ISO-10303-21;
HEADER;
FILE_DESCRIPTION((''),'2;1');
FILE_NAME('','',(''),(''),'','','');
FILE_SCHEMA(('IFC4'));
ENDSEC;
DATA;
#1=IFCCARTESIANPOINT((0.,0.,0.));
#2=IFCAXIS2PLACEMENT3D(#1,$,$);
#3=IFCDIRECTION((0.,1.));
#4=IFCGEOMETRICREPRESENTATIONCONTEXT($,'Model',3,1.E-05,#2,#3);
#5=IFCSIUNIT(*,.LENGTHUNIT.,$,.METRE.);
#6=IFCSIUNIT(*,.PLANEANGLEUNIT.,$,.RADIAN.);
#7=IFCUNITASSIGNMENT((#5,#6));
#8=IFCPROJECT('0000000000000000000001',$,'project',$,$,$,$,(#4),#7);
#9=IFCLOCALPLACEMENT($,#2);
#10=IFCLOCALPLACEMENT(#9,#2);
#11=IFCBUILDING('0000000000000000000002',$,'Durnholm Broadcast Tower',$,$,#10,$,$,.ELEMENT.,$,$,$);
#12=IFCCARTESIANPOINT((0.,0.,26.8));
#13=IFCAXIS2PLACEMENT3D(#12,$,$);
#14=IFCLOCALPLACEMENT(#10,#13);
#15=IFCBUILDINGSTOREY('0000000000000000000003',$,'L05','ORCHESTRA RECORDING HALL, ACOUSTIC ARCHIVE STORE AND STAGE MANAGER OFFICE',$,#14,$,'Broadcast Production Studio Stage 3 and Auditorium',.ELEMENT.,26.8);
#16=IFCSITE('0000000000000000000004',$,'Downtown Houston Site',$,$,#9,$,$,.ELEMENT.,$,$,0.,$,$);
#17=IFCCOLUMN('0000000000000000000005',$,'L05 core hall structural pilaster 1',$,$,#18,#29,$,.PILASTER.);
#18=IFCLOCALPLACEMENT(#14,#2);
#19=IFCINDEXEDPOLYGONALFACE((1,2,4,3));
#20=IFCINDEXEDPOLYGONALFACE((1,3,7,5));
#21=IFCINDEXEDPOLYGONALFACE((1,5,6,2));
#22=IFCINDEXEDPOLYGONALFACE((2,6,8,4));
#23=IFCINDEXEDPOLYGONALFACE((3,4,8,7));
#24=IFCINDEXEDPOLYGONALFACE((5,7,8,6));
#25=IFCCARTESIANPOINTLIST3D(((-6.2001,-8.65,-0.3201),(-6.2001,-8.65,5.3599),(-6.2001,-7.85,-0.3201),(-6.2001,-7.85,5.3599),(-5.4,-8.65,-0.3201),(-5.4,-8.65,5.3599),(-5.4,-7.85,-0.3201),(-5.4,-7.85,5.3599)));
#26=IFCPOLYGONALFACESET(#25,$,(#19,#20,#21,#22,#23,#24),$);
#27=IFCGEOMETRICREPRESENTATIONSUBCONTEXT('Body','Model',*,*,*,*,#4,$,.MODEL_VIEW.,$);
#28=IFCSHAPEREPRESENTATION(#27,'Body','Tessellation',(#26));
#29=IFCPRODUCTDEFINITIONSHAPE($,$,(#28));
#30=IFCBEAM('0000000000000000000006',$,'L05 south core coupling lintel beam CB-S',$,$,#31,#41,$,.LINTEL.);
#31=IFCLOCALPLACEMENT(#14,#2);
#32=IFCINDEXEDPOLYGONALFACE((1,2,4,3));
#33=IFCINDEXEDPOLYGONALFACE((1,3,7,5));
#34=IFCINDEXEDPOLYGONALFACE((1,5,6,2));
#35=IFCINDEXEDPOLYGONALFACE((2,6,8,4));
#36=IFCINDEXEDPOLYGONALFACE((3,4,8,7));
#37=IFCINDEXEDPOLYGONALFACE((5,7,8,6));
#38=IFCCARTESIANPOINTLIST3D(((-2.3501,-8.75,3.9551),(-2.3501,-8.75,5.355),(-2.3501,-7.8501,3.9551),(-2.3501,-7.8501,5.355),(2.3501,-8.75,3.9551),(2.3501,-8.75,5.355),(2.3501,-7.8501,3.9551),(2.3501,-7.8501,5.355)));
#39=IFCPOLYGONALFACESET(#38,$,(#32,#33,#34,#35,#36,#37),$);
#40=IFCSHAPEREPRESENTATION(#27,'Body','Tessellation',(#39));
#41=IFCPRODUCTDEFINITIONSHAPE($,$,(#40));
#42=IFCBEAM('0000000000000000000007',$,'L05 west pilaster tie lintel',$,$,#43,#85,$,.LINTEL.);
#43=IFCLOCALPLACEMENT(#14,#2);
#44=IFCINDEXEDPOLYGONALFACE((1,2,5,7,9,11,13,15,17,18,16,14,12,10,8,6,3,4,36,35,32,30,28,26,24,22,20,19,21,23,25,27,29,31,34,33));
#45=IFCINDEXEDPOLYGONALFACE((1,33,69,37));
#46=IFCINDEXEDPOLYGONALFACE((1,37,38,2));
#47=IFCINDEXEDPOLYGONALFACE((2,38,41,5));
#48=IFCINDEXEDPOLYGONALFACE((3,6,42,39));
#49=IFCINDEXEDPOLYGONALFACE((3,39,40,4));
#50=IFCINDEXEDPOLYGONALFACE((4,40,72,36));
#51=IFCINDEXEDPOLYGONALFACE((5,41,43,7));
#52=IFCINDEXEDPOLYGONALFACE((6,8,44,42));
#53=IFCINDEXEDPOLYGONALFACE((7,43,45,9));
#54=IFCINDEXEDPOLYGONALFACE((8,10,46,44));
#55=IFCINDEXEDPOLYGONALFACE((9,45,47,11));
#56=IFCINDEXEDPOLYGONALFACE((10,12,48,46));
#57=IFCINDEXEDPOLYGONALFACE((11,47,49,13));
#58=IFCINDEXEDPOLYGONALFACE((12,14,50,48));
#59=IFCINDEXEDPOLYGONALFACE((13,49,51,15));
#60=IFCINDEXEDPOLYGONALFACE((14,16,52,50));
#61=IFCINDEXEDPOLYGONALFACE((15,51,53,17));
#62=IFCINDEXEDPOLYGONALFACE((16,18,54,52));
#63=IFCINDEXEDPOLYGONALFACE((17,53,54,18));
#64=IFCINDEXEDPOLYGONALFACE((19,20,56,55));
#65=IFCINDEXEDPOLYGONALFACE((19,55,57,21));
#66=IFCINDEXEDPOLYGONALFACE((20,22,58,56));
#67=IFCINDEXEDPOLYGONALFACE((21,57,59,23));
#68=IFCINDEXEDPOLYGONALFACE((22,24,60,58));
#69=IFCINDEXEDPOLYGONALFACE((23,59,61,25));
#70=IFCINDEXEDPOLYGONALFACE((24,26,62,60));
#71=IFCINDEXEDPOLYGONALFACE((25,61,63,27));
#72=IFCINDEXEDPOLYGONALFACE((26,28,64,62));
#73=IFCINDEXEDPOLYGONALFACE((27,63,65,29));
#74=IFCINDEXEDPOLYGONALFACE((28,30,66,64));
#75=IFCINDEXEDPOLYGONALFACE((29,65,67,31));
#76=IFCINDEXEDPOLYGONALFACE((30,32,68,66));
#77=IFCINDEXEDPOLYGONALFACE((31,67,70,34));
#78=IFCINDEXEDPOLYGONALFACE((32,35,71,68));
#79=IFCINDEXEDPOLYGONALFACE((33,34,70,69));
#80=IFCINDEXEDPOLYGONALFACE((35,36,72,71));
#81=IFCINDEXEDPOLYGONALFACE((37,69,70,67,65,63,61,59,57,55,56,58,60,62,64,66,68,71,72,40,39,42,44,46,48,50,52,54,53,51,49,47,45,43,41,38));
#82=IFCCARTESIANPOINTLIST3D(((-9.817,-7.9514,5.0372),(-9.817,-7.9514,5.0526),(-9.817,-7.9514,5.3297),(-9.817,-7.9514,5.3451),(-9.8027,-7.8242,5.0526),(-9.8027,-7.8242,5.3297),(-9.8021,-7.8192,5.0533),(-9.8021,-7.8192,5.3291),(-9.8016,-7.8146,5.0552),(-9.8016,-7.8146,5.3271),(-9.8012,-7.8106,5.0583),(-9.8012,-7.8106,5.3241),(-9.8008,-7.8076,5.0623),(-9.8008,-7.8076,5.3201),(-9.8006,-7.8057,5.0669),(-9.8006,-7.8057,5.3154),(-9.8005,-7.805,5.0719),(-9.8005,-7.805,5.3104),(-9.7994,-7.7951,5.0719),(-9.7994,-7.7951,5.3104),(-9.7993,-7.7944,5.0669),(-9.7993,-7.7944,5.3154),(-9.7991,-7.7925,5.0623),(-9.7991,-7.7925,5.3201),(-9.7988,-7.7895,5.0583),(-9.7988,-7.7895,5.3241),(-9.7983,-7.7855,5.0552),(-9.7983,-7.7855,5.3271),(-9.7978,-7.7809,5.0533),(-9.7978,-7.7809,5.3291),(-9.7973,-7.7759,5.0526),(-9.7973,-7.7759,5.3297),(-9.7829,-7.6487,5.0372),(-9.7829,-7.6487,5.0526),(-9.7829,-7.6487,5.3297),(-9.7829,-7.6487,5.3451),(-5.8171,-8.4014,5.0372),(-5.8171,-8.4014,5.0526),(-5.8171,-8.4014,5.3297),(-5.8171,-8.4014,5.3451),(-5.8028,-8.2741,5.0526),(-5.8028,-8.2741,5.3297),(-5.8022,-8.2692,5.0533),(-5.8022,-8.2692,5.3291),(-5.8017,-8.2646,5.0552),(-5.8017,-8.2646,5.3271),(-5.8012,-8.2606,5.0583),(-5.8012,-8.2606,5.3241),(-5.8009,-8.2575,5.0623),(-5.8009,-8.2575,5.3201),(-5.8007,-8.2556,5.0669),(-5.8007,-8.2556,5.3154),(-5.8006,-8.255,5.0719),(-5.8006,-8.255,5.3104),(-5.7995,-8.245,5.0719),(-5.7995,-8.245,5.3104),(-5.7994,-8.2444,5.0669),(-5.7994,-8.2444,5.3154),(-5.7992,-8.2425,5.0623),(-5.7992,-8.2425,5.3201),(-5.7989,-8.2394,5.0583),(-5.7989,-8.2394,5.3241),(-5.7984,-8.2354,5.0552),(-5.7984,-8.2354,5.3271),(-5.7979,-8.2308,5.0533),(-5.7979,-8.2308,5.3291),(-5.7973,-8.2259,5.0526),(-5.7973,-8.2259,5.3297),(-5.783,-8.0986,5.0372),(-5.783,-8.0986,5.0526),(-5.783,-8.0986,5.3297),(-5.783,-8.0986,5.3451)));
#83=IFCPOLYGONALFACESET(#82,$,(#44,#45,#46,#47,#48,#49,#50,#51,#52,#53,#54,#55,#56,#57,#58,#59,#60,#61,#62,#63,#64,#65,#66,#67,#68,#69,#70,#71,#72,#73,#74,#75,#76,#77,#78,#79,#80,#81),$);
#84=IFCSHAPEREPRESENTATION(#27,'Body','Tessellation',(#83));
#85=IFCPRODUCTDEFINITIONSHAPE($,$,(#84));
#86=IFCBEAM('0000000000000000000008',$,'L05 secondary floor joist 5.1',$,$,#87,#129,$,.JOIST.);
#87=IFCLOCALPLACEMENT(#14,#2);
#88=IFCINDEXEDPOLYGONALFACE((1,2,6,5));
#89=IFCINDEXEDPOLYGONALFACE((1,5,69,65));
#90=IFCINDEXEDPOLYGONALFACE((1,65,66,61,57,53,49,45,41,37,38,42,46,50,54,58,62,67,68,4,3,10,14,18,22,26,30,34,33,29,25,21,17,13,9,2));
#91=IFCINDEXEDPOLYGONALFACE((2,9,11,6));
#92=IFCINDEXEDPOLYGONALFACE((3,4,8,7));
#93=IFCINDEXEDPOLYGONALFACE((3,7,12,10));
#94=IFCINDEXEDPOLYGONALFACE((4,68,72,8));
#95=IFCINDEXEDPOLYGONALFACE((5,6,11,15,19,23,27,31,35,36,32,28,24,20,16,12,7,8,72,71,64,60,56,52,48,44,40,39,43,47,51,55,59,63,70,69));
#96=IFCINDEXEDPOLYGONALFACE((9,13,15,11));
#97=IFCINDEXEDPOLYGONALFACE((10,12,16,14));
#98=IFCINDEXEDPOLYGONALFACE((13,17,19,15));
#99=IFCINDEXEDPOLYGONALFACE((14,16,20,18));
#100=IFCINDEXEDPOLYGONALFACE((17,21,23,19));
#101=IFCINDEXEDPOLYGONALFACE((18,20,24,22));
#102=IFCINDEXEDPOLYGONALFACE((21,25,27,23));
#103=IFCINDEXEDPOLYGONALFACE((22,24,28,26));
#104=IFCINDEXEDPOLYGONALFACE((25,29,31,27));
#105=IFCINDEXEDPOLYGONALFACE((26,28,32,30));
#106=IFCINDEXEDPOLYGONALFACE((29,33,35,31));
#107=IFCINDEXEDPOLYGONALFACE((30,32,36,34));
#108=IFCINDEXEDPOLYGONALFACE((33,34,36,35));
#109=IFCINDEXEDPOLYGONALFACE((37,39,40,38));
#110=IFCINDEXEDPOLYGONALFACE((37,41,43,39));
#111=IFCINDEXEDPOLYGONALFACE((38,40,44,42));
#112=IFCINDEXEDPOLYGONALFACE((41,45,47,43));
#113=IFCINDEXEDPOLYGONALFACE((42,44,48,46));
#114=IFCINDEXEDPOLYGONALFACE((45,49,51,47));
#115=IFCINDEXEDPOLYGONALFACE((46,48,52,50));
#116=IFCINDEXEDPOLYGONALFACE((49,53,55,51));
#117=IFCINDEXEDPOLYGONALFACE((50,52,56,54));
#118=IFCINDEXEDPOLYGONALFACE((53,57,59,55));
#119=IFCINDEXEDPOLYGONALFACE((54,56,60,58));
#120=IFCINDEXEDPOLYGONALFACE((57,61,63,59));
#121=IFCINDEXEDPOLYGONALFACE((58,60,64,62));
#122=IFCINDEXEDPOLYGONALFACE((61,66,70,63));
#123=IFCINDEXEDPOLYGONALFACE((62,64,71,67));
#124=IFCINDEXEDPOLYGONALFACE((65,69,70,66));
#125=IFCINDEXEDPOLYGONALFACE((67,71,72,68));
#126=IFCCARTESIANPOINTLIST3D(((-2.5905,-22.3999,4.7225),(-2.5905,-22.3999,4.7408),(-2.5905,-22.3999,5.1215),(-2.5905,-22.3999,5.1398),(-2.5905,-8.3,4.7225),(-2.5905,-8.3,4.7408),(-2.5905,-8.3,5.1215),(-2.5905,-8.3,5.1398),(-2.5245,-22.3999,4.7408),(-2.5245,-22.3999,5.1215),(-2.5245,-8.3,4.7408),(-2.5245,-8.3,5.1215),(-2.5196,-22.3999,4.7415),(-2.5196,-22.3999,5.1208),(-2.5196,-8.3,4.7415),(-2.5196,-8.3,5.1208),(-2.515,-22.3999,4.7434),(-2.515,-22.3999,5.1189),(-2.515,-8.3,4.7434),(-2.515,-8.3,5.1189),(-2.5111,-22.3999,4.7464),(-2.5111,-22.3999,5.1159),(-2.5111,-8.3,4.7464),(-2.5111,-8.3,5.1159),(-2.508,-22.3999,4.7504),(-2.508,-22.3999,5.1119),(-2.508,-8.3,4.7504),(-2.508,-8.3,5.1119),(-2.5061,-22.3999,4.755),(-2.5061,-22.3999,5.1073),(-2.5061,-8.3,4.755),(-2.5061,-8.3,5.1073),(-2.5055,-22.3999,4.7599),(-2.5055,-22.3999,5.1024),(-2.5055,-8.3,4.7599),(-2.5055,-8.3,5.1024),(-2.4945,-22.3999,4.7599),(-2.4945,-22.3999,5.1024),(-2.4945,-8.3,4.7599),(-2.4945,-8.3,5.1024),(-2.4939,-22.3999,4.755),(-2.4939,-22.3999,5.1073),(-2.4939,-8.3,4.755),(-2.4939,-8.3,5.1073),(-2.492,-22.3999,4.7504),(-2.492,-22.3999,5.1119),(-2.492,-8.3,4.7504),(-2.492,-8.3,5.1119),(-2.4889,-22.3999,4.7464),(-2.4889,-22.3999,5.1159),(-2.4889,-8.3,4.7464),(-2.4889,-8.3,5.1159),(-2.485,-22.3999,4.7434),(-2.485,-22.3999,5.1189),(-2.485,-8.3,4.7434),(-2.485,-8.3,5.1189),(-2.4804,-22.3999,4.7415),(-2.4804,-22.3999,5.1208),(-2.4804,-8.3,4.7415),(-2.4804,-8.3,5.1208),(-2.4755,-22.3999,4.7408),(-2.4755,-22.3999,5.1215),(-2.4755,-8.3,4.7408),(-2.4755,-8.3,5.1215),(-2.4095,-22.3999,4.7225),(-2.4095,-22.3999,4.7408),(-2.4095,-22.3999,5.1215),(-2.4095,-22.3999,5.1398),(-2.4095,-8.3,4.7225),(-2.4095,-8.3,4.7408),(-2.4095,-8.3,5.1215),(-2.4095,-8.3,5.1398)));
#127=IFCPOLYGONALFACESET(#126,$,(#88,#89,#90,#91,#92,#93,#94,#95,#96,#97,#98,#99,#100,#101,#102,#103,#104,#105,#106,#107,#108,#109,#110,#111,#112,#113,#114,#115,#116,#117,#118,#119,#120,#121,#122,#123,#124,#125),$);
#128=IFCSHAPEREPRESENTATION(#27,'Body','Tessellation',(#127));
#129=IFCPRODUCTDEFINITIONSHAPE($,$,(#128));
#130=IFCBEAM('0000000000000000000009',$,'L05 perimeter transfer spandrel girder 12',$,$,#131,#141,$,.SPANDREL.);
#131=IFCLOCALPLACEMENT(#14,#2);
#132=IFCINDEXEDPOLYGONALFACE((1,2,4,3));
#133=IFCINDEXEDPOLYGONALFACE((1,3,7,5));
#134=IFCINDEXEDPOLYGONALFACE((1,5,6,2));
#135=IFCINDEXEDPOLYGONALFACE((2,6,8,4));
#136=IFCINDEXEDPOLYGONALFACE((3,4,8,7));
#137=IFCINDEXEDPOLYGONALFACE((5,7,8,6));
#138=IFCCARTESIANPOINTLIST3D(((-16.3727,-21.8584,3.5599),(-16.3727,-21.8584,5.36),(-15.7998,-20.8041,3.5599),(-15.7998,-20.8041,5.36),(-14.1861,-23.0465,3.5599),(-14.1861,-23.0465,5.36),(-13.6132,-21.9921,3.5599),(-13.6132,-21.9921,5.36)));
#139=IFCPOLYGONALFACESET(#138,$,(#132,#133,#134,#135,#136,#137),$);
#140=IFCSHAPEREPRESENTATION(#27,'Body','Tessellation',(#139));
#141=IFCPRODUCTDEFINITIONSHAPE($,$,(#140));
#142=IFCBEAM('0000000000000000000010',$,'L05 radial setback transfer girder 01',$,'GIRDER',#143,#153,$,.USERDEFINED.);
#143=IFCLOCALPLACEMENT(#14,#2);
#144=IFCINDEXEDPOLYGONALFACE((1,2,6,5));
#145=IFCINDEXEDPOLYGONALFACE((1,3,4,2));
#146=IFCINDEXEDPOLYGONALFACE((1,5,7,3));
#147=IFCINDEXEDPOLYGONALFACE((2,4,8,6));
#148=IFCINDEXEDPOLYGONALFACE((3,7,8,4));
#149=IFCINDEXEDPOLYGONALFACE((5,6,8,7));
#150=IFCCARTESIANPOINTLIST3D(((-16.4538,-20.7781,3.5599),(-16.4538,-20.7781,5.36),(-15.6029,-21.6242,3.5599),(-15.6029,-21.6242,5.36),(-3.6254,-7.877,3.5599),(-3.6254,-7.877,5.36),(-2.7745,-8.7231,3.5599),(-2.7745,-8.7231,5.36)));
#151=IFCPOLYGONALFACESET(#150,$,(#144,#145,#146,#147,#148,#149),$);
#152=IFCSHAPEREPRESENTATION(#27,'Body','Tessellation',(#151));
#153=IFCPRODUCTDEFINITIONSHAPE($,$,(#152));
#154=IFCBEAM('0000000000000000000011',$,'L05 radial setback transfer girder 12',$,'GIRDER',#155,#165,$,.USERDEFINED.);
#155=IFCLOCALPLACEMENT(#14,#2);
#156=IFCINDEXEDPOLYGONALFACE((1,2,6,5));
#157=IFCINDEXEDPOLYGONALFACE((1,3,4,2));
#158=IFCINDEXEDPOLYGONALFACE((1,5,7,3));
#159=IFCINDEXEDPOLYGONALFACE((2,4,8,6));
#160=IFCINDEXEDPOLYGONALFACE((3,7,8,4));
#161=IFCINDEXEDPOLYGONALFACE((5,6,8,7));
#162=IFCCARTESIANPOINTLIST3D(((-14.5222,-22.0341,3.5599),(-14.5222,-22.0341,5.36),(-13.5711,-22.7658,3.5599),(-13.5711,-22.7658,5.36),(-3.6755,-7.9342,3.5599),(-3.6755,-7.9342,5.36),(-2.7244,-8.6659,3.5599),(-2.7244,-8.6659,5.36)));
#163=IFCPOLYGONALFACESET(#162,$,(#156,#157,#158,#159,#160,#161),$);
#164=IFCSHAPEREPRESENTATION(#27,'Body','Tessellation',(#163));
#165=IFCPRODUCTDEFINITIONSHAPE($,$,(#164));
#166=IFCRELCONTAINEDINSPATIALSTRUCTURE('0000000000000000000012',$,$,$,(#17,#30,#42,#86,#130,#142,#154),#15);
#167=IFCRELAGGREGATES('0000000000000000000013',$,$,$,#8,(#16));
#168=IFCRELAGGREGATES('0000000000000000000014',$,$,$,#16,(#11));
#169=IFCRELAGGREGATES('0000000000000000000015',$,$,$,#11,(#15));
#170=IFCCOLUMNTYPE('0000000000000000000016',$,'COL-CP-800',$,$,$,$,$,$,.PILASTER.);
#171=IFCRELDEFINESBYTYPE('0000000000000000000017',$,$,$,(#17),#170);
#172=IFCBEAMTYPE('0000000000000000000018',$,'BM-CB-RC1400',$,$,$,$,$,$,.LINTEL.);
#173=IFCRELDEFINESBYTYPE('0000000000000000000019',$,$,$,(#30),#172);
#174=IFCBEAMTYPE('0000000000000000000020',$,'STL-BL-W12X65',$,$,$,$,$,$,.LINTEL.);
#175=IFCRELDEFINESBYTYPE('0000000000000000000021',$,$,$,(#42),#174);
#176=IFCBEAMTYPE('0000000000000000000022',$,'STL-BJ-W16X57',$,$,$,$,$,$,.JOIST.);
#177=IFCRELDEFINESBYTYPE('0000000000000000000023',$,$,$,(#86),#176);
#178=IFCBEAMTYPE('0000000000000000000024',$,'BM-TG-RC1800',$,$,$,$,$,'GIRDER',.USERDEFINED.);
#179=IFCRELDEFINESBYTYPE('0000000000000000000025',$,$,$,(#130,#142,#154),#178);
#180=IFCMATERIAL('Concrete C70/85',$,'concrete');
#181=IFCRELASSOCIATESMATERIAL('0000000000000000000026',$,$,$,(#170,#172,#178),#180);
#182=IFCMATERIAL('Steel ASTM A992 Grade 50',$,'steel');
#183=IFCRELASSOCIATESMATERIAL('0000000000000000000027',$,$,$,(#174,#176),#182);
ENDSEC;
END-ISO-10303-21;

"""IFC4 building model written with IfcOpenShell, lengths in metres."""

from ifc_helpers import new_model, si_unit, direction, frame, origin, origin_2d, place, context, subcontext, project, spatial, rectangle, i_section, extrude, source, transform, mapped, material, material_profile, profile_set, type_object, type_shapes, element, save


model = new_model("IFC4")

# Units and contexts
model_context = context("Model", 3, precision=1e-05, world=origin(), true_north=direction((0.0, 1.0)))
body_context = subcontext(model_context, "Body", "Model", "MODEL_VIEW")
ifc_project = project(units=[si_unit("LENGTHUNIT", "METRE"), si_unit("PLANEANGLEUNIT", "RADIAN")], contexts=[model_context])

# Site, building, storey
site_placement = place(None, origin())
site = spatial("IfcSite", under=ifc_project, at=site_placement, Name="Downtown Houston Site", CompositionType="ELEMENT", RefElevation=0.0)
building_placement = place(site_placement, origin())
building = spatial("IfcBuilding", under=site, at=building_placement, Name="Durnholm Broadcast Tower", CompositionType="ELEMENT")
storey_placement = place(building_placement, frame((0.0, 0.0, 26.8)))
storey = spatial("IfcBuildingStorey", under=building, at=storey_placement, Name="L05", Description="ORCHESTRA RECORDING HALL, ACOUSTIC ARCHIVE STORE AND STAGE MANAGER OFFICE", LongName="Broadcast Production Studio Stage 3 and Auditorium", CompositionType="ELEMENT", Elevation=26.8)

# Column
ifc_material_1 = material(Name="Concrete C70/85", Category="concrete")
ifc_material_profile_1 = material_profile(ifc_material_1, rectangle(XDim=0.8, YDim=0.8, at=origin_2d()), Name="RC800X800")
ifc_profile_set_1 = profile_set([ifc_material_profile_1], Name="Concrete C70/85")
column_type = type_object("IfcColumnType", Name="COL-CP-800", PredefinedType="PILASTER", material=ifc_profile_set_1)
shared_shape_1 = source(origin(), body_context, "Body", "SweptSolid", [
    extrude(rectangle(XDim=0.8, YDim=0.8, at=origin_2d()), origin(), (0.0, 0.0, 1.0), 5.6799),
])
type_shapes(column_type, [shared_shape_1])
column_placement = place(storey_placement, frame((-5.8, -8.25, -0.3201), z_axis=(0.0, 0.0, 1.0), x_axis=(1.0, 0.0, 0.0)))
element("IfcColumn", 1, at=column_placement, inside=storey, type_object=column_type, Name="L05 core hall structural pilaster 1", PredefinedType="PILASTER", context=body_context, shape_type="MappedRepresentation", body=[
    mapped(shared_shape_1, transform((0.0, 0.0, 0.0), x_axis=(1.0, 0.0, 0.0), y_axis=(0.0, 1.0, 0.0), z_axis=(0.0, 0.0, 1.0), scale=1.0)),
])

# Beams
ifc_material_profile_2 = material_profile(ifc_material_1, rectangle(XDim=0.8999, YDim=1.3999, at=origin_2d()), Name="RC900X1400")
ifc_profile_set_2 = profile_set([ifc_material_profile_2], Name="Concrete C70/85")
beam_type_1 = type_object("IfcBeamType", Name="BM-CB-RC1400", PredefinedType="LINTEL", material=ifc_profile_set_2)
shared_shape_2 = source(origin(), body_context, "Body", "SweptSolid", [
    extrude(rectangle(XDim=0.8999, YDim=1.3999, at=origin_2d()), origin(), (0.0, 0.0, 1.0), 4.7002),
])
type_shapes(beam_type_1, [shared_shape_2])
beam_1_placement = place(storey_placement, frame((-2.3501, -8.3, 4.655), z_axis=(1.0, 0.0, 0.0), x_axis=(0.0, 1.0, 0.0)))
element("IfcBeam", 2, at=beam_1_placement, inside=storey, type_object=beam_type_1, Name="L05 south core coupling lintel beam CB-S", PredefinedType="LINTEL", context=body_context, shape_type="MappedRepresentation", body=[
    mapped(shared_shape_2, transform((0.0, 0.0, 0.0), x_axis=(1.0, 0.0, 0.0), y_axis=(0.0, 1.0, 0.0), z_axis=(0.0, 0.0, 1.0), scale=1.0)),
])
ifc_material_2 = material(Name="Steel ASTM A992 Grade 50", Category="steel")
ifc_material_profile_3 = material_profile(ifc_material_2, i_section(OverallWidth=0.3047, OverallDepth=0.3079, WebThickness=0.01, FlangeThickness=0.0154, FilletRadius=0.0193, at=origin_2d()), Name="W12X65")
ifc_profile_set_3 = profile_set([ifc_material_profile_3], Name="Steel ASTM A992 Grade 50")
beam_type_2 = type_object("IfcBeamType", Name="STL-BL-W12X65", PredefinedType="LINTEL", material=ifc_profile_set_3)
shared_shape_3 = source(origin(), body_context, "Body", "SweptSolid", [
    extrude(i_section(OverallWidth=0.3047, OverallDepth=0.3079, WebThickness=0.01, FlangeThickness=0.0154, FilletRadius=0.0193, at=origin_2d()), origin(), (0.0, 0.0, 1.0), 4.0251),
])
type_shapes(beam_type_2, [shared_shape_3])
beam_2_placement = place(storey_placement, frame((-5.8, -8.25, 5.1912), z_axis=(-0.993733, 0.111783, 0.0), x_axis=(-0.111783, -0.993733, 0.0)))
element("IfcBeam", 3, at=beam_2_placement, inside=storey, type_object=beam_type_2, Name="L05 west pilaster tie lintel", PredefinedType="LINTEL", context=body_context, shape_type="MappedRepresentation", body=[
    mapped(shared_shape_3, transform((0.0, 0.0, 0.0), x_axis=(1.0, 0.0, 0.0), y_axis=(0.0, 1.0, 0.0), z_axis=(0.0, 0.0, 1.0), scale=1.0)),
])
ifc_material_profile_4 = material_profile(ifc_material_2, i_section(OverallWidth=0.1809, OverallDepth=0.4172, WebThickness=0.011, FlangeThickness=0.0183, FilletRadius=0.019, at=origin_2d()), Name="W16X57")
ifc_profile_set_4 = profile_set([ifc_material_profile_4], Name="Steel ASTM A992 Grade 50")
beam_type_3 = type_object("IfcBeamType", Name="STL-BJ-W16X57", PredefinedType="JOIST", material=ifc_profile_set_4)
shared_shape_4 = source(origin(), body_context, "Body", "SweptSolid", [
    extrude(i_section(OverallWidth=0.1809, OverallDepth=0.4172, WebThickness=0.011, FlangeThickness=0.0183, FilletRadius=0.019, at=origin_2d()), origin(), (0.0, 0.0, 1.0), 14.0999),
])
type_shapes(beam_type_3, [shared_shape_4])
beam_3_placement = place(storey_placement, frame((-2.5, -22.3999, 4.9312), z_axis=(0.0, 1.0, 0.0), x_axis=(-1.0, 0.0, 0.0)))
element("IfcBeam", 4, at=beam_3_placement, inside=storey, type_object=beam_type_3, Name="L05 secondary floor joist 5.1", PredefinedType="JOIST", context=body_context, shape_type="MappedRepresentation", body=[
    mapped(shared_shape_4, transform((0.0, 0.0, 0.0), x_axis=(1.0, 0.0, 0.0), y_axis=(0.0, 1.0, 0.0), z_axis=(0.0, 0.0, 1.0), scale=1.0)),
])
ifc_material_profile_5 = material_profile(ifc_material_1, rectangle(XDim=1.2, YDim=1.8, at=origin_2d()), Name="RC1200X1800")
ifc_profile_set_5 = profile_set([ifc_material_profile_5], Name="Concrete C70/85")
beam_type_4 = type_object("IfcBeamType", Name="BM-TG-RC1800", ElementType="GIRDER", PredefinedType="USERDEFINED", material=ifc_profile_set_5)
shared_shape_5 = source(origin(), body_context, "Body", "SweptSolid", [
    extrude(rectangle(XDim=1.2, YDim=1.8, at=origin_2d()), origin(), (0.0, 0.0, 1.0), 2.4885),
])
beam_4_placement = place(storey_placement, frame((-13.8997, -22.5193, 4.46), z_axis=(-0.878682, 0.477408, 0.0), x_axis=(-0.477408, -0.878682, 0.0)))
element("IfcBeam", 5, at=beam_4_placement, inside=storey, type_object=beam_type_4, Name="L05 perimeter transfer spandrel girder 12", PredefinedType="SPANDREL", context=body_context, shape_type="MappedRepresentation", body=[
    mapped(shared_shape_5, transform((0.0, 0.0, 0.0), x_axis=(1.0, 0.0, 0.0), y_axis=(0.0, 1.0, 0.0), z_axis=(0.0, 0.0, 1.0), scale=1.0)),
])
shared_shape_6 = source(origin(), body_context, "Body", "SweptSolid", [
    extrude(rectangle(XDim=1.2, YDim=1.8, at=origin_2d()), origin(), (0.0, 0.0, 1.0), 18.1936),
])
beam_5_placement = place(storey_placement, frame((-3.2, -8.3, 4.46), z_axis=(-0.705105, -0.709103, 0.0), x_axis=(0.709103, -0.705105, 0.0)))
element("IfcBeam", 6, at=beam_5_placement, inside=storey, type_object=beam_type_4, Name="L05 radial setback transfer girder 01", ObjectType="GIRDER", PredefinedType="USERDEFINED", context=body_context, shape_type="MappedRepresentation", body=[
    mapped(shared_shape_6, transform((0.0, 0.0, 0.0), x_axis=(1.0, 0.0, 0.0), y_axis=(0.0, 1.0, 0.0), z_axis=(0.0, 0.0, 1.0), scale=1.0)),
])
shared_shape_7 = source(origin(), body_context, "Body", "SweptSolid", [
    extrude(rectangle(XDim=1.2, YDim=1.8, at=origin_2d()), origin(), (0.0, 0.0, 1.0), 17.7893),
])
type_shapes(beam_type_4, [shared_shape_5, shared_shape_6, shared_shape_7])
beam_6_placement = place(storey_placement, frame((-3.2, -8.3, 4.46), z_axis=(-0.609733, -0.792607, 0.0), x_axis=(0.792607, -0.609733, 0.0)))
element("IfcBeam", 7, at=beam_6_placement, inside=storey, type_object=beam_type_4, Name="L05 radial setback transfer girder 12", ObjectType="GIRDER", PredefinedType="USERDEFINED", context=body_context, shape_type="MappedRepresentation", body=[
    mapped(shared_shape_7, transform((0.0, 0.0, 0.0), x_axis=(1.0, 0.0, 0.0), y_axis=(0.0, 1.0, 0.0), z_axis=(0.0, 0.0, 1.0), scale=1.0)),
])

save(model, "model.ifc")
